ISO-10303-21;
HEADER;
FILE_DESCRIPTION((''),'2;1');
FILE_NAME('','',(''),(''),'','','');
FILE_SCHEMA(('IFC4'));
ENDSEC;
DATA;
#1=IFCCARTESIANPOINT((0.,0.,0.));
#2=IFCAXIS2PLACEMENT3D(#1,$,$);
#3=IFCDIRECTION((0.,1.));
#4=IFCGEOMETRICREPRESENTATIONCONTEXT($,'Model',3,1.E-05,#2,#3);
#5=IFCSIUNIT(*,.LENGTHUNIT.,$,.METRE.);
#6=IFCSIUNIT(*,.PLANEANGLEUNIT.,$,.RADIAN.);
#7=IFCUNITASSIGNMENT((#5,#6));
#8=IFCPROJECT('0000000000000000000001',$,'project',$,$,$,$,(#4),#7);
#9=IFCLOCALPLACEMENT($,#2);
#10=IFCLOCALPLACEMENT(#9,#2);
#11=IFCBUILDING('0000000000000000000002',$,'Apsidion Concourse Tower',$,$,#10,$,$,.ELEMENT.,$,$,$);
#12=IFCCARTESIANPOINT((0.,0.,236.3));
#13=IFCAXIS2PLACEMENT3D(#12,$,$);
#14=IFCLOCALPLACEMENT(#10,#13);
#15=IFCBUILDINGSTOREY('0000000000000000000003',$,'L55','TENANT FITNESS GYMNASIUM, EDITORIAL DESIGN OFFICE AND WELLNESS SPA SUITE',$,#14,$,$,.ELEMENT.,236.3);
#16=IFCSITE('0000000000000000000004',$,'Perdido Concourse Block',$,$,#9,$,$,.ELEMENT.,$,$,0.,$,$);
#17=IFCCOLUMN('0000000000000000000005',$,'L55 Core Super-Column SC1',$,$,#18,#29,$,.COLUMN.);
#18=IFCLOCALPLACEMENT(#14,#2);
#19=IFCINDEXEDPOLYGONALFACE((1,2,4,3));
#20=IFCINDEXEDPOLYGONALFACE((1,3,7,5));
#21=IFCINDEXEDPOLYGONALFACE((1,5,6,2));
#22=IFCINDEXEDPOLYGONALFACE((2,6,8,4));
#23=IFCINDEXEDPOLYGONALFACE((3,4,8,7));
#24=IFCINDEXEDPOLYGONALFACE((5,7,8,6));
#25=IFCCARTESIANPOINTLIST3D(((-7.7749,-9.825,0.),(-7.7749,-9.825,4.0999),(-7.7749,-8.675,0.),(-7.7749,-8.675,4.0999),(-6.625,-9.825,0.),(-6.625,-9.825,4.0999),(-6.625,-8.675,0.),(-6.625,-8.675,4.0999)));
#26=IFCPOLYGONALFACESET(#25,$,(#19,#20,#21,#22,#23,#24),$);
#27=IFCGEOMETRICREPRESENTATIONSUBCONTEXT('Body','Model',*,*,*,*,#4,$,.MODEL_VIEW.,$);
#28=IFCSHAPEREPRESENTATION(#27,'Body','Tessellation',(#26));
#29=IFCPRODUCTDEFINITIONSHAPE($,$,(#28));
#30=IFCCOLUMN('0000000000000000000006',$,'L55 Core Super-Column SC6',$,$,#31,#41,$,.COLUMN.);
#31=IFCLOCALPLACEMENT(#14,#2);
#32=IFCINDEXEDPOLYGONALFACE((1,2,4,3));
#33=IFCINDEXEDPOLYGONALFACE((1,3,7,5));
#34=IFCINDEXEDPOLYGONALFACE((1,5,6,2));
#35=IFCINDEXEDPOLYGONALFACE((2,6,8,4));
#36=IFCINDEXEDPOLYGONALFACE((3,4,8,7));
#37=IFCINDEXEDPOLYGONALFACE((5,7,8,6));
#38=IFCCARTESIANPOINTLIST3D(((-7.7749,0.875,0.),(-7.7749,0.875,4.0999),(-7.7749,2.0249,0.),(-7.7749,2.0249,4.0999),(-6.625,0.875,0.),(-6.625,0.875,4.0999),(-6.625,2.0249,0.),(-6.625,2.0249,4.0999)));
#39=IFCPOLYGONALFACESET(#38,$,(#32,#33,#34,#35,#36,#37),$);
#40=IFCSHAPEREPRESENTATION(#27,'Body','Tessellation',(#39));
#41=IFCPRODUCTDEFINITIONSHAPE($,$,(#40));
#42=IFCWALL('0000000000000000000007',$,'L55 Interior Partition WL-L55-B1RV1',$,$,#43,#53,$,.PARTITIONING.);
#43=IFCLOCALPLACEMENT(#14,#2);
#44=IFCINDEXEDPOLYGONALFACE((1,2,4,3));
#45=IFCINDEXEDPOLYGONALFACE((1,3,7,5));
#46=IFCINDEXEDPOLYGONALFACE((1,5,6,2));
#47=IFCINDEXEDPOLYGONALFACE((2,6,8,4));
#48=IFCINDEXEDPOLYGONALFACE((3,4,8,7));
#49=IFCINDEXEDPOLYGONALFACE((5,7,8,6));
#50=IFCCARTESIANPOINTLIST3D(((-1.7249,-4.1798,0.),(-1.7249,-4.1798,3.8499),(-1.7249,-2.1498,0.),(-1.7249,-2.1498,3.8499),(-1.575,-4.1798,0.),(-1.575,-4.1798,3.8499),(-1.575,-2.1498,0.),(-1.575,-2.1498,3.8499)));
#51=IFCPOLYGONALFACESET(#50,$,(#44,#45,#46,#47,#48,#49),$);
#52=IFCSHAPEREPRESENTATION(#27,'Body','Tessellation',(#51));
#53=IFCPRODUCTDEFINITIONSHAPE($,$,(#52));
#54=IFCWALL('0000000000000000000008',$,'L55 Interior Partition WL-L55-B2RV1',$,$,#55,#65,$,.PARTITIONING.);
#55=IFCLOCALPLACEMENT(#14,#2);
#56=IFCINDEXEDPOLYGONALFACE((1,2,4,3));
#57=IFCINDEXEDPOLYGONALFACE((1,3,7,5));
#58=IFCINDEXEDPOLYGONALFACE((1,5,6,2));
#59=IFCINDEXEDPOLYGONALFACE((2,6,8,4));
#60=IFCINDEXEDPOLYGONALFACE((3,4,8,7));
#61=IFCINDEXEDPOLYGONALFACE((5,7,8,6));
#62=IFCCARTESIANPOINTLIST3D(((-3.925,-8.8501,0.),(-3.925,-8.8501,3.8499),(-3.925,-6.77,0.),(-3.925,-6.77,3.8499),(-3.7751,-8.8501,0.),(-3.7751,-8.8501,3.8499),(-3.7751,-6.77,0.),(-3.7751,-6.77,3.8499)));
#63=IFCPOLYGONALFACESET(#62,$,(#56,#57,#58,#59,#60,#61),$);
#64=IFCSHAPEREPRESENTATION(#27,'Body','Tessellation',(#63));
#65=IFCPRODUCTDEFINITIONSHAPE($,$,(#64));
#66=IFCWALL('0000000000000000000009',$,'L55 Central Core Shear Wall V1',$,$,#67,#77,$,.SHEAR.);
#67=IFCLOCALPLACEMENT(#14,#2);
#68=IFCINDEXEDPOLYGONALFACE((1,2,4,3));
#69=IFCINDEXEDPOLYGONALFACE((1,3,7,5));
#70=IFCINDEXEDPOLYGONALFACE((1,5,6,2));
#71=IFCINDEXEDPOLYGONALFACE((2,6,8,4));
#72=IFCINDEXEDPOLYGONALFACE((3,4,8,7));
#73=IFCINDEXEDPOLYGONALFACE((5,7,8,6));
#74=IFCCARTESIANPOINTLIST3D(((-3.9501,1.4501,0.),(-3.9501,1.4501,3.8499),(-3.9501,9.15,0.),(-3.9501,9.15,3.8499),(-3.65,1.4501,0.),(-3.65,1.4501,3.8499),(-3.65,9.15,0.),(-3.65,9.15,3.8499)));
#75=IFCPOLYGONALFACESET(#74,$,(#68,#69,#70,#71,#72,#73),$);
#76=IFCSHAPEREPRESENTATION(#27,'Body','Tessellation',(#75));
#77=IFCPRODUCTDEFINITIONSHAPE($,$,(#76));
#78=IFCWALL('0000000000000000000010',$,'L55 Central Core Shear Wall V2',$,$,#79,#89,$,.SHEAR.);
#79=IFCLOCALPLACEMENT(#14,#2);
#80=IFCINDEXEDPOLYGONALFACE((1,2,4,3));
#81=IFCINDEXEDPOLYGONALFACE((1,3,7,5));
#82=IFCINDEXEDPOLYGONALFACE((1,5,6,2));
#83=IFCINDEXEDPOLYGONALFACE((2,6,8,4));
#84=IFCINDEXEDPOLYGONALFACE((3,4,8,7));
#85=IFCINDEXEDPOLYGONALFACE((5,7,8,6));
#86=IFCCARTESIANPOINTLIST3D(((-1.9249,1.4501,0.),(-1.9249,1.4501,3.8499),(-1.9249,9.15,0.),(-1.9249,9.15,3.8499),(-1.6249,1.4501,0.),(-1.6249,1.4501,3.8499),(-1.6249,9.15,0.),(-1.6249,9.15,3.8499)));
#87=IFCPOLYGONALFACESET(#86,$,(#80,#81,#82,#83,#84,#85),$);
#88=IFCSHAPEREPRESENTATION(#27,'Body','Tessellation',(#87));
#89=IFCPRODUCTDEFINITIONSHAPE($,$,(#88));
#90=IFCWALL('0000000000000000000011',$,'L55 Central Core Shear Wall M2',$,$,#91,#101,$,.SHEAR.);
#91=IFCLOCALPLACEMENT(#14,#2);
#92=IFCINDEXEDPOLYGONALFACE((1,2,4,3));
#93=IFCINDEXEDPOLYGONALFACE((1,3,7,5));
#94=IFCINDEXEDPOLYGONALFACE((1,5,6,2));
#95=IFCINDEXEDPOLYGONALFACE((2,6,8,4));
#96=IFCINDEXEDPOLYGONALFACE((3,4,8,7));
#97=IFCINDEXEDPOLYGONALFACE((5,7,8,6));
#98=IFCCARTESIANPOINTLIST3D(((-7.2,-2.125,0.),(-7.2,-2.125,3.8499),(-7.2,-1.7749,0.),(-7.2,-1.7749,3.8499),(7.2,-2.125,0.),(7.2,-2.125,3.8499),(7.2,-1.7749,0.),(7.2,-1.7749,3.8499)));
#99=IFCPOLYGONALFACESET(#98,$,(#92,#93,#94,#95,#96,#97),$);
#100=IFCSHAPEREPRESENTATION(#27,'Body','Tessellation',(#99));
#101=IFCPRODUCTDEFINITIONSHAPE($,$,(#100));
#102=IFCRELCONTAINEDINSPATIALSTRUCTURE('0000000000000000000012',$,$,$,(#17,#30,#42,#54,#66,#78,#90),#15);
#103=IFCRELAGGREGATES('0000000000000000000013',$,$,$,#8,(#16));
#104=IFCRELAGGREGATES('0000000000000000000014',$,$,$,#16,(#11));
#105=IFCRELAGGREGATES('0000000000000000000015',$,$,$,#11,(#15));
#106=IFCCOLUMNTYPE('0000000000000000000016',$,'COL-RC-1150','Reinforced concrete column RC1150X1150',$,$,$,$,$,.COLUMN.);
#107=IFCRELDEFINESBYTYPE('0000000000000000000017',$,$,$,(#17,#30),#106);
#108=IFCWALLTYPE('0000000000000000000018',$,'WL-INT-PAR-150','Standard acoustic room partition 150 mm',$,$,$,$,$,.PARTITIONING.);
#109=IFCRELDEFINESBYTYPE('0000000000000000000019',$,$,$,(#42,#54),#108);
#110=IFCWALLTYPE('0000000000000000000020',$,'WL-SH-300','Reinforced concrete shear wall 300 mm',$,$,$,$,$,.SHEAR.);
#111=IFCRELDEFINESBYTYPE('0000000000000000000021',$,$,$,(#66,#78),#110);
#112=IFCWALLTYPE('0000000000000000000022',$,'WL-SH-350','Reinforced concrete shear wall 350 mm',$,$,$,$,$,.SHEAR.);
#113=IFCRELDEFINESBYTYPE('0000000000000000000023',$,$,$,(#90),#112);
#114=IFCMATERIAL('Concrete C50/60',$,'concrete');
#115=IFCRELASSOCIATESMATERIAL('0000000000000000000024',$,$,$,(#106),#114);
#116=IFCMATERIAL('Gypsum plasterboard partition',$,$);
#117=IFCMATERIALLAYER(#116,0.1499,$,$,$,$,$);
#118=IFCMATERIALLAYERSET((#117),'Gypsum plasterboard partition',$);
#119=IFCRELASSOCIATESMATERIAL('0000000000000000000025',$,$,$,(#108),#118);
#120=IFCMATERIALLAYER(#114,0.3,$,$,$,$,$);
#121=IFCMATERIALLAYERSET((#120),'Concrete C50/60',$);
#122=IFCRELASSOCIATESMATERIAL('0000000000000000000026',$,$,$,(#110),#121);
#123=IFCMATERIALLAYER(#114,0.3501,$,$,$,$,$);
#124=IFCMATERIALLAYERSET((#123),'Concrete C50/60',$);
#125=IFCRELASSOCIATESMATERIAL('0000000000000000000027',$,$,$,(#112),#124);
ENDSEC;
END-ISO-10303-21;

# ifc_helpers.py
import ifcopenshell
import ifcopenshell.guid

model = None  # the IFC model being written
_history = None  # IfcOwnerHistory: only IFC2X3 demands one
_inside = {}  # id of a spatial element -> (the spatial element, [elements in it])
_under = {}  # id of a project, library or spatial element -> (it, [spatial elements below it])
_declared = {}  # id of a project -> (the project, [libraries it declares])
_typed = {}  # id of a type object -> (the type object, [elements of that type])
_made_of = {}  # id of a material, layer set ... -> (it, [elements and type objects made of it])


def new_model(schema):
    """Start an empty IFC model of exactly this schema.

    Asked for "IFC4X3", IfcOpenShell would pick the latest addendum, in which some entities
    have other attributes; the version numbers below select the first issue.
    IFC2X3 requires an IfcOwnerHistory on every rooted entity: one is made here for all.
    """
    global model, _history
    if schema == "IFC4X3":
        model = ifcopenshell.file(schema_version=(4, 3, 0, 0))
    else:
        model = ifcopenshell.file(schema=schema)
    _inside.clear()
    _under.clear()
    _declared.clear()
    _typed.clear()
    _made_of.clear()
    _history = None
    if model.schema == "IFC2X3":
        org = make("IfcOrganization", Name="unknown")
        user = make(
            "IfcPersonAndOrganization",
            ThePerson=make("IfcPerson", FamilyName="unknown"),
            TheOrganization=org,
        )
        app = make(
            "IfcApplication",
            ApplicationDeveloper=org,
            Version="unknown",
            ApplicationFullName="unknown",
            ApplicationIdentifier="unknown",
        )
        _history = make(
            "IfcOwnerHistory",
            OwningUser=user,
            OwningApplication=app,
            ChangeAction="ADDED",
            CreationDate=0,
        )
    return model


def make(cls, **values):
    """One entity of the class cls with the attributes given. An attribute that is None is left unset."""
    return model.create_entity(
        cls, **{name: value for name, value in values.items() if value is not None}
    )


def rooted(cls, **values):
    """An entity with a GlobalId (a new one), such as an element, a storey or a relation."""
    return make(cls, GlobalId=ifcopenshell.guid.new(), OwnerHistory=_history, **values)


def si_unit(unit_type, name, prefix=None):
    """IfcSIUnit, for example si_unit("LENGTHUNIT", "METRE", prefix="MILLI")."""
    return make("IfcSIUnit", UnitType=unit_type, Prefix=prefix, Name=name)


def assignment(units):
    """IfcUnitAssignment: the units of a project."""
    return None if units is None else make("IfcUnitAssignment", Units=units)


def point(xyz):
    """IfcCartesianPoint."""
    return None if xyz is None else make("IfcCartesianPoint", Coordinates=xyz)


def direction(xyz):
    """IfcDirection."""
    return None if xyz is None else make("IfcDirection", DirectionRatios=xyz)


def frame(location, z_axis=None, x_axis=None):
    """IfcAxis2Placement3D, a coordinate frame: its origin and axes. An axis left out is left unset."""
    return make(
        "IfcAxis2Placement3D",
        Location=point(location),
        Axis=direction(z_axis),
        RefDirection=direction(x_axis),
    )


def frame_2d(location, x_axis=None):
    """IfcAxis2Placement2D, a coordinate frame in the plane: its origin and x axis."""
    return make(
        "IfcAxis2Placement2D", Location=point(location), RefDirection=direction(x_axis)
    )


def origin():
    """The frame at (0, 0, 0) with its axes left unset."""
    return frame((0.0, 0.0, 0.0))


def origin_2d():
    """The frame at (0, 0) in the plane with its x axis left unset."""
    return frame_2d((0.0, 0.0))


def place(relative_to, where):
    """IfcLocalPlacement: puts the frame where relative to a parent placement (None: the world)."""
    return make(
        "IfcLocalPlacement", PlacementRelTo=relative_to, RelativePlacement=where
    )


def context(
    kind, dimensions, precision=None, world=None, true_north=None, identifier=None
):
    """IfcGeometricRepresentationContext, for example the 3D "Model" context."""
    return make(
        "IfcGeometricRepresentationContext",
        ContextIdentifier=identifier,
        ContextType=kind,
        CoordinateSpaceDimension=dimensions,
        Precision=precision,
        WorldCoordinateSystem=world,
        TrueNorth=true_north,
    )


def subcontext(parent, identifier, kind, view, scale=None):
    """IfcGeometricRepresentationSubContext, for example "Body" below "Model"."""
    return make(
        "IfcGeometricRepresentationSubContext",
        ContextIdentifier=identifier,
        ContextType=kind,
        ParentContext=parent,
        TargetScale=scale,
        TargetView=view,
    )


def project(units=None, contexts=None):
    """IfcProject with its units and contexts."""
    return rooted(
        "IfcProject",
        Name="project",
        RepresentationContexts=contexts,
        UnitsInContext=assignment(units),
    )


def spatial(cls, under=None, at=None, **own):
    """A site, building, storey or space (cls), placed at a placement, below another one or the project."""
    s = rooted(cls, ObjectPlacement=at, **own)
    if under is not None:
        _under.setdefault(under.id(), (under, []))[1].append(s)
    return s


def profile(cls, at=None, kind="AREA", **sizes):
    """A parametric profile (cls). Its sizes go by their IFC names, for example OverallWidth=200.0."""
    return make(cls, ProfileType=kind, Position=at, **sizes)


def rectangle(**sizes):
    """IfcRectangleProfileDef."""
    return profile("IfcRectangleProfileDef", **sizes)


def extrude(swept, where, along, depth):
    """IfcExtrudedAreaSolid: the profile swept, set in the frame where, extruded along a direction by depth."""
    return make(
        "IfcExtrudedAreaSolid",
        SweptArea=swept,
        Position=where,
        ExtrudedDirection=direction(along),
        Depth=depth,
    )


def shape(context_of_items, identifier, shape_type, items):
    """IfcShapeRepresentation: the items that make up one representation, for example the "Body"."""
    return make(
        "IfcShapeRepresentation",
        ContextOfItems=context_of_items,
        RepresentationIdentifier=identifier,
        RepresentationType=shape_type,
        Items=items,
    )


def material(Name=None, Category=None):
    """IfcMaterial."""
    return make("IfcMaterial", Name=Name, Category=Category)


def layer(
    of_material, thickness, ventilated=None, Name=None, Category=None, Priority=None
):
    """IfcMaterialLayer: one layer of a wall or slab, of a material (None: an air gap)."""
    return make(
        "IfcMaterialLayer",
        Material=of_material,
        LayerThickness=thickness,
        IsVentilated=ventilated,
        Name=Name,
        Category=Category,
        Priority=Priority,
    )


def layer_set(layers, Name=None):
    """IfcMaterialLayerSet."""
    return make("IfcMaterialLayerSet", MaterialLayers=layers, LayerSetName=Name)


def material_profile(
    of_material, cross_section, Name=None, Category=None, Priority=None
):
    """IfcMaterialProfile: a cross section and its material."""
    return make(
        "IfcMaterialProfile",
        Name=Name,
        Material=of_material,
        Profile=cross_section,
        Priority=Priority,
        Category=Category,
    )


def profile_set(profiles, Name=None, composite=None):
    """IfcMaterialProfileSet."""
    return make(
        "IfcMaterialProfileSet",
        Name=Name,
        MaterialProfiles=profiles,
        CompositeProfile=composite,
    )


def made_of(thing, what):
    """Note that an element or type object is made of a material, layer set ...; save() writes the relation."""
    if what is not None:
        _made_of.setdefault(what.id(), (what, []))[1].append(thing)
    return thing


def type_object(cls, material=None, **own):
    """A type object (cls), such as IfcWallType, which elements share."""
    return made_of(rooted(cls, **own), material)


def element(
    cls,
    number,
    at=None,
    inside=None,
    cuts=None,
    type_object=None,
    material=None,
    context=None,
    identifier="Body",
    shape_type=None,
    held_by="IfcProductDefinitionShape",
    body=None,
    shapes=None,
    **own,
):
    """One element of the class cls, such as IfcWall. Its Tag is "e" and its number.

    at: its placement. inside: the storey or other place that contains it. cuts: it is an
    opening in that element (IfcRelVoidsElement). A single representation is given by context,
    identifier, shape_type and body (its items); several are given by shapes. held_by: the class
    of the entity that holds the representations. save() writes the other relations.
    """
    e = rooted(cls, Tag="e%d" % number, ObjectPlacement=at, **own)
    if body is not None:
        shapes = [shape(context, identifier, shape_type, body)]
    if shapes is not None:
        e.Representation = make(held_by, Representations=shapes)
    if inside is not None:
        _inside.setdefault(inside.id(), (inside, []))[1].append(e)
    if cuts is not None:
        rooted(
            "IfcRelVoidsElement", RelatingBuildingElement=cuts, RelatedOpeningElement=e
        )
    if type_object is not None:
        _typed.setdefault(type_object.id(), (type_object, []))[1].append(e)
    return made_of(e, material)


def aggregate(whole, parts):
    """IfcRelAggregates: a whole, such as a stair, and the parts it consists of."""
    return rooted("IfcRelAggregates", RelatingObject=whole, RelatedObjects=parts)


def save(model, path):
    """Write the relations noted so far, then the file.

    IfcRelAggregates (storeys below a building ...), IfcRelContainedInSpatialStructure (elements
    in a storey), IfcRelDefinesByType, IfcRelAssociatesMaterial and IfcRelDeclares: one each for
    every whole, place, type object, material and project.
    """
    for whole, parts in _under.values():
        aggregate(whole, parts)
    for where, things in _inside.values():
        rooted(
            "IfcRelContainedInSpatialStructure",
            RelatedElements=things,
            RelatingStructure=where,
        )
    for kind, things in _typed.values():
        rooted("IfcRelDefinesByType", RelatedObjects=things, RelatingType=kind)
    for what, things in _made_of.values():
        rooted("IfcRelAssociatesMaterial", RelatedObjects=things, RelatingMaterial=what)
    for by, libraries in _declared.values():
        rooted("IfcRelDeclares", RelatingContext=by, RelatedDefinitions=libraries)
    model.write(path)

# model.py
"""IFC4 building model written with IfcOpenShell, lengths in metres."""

from ifc_helpers import new_model, si_unit, direction, frame, frame_2d, origin, origin_2d, place, context, subcontext, project, spatial, rectangle, extrude, material, layer, layer_set, material_profile, profile_set, type_object, element, save


model = new_model("IFC4")

# Units and contexts
model_context = context("Model", 3, precision=1e-05, world=origin(), true_north=direction((0.0, 1.0)))
body_context = subcontext(model_context, "Body", "Model", "MODEL_VIEW")
ifc_project = project(units=[si_unit("LENGTHUNIT", "METRE"), si_unit("PLANEANGLEUNIT", "RADIAN")], contexts=[model_context])

# Site, building, storey
site_placement = place(None, origin())
site = spatial("IfcSite", under=ifc_project, at=site_placement, Name="Perdido Concourse Block", CompositionType="ELEMENT", RefElevation=0.0)
building_placement = place(site_placement, origin())
building = spatial("IfcBuilding", under=site, at=building_placement, Name="Apsidion Concourse Tower", CompositionType="ELEMENT")
storey_placement = place(building_placement, frame((0.0, 0.0, 236.3)))
storey = spatial("IfcBuildingStorey", under=building, at=storey_placement, Name="L55", Description="TENANT FITNESS GYMNASIUM, EDITORIAL DESIGN OFFICE AND WELLNESS SPA SUITE", CompositionType="ELEMENT", Elevation=236.3)

# Columns
ifc_material_1 = material(Name="Concrete C50/60", Category="concrete")
ifc_material_profile = material_profile(ifc_material_1, rectangle(XDim=1.1499, YDim=1.1499, at=origin_2d()), Name="RC 1150x1150")
ifc_profile_set = profile_set([ifc_material_profile], Name="Concrete C50/60")
column_type = type_object("IfcColumnType", Name="COL-RC-1150", Description="Reinforced concrete column RC1150X1150", PredefinedType="COLUMN", material=ifc_profile_set)
for number, where, z_axis, x_axis, name in (
    (1, (-7.2, -9.25, 0.0), (0.0, 0.0, 1.0), (1.0, 0.0, 0.0), "L55 Core Super-Column SC1"),
    (2, (-7.2, 1.45, 0.0), (0.0, 0.0, 1.0), (1.0, 0.0, 0.0), "L55 Core Super-Column SC6"),
):
    element("IfcColumn", number, at=place(storey_placement, frame(where, z_axis=z_axis, x_axis=x_axis)), inside=storey, type_object=column_type, Name=name, PredefinedType="COLUMN", context=body_context, shape_type="SweptSolid", body=[
        extrude(rectangle(XDim=1.1499, YDim=1.1499, at=origin_2d()), origin(), (0.0, 0.0, 1.0), 4.0999),
    ])

# Walls
ifc_material_2 = material(Name="Gypsum plasterboard partition")
ifc_layer_1 = layer(ifc_material_2, 0.1499)
ifc_layer_set_1 = layer_set([ifc_layer_1], Name="Gypsum plasterboard partition")
wall_type_1 = type_object("IfcWallType", Name="WL-INT-PAR-150", Description="Standard acoustic room partition 150 mm", PredefinedType="PARTITIONING", material=ifc_layer_set_1)
wall_1_placement = place(storey_placement, frame((-1.6499, -4.1799, 0.0), z_axis=(0.0, 0.0, 1.0), x_axis=(0.0, 1.0, 0.0)))
element("IfcWall", 3, at=wall_1_placement, inside=storey, type_object=wall_type_1, Name="L55 Interior Partition WL-L55-B1RV1", PredefinedType="PARTITIONING", context=body_context, shape_type="SweptSolid", body=[
    extrude(rectangle(XDim=2.03, YDim=0.1499, at=frame_2d((1.0151, 0.0))), origin(), (0.0, 0.0, 1.0), 3.8499),
])
wall_2_placement = place(storey_placement, frame((-3.8501, -8.8501, 0.0), z_axis=(0.0, 0.0, 1.0), x_axis=(0.0, 1.0, 0.0)))
element("IfcWall", 4, at=wall_2_placement, inside=storey, type_object=wall_type_1, Name="L55 Interior Partition WL-L55-B2RV1", PredefinedType="PARTITIONING", context=body_context, shape_type="SweptSolid", body=[
    extrude(rectangle(XDim=2.0801, YDim=0.1499, at=frame_2d((1.04, 0.0))), origin(), (0.0, 0.0, 1.0), 3.8499),
])

# Walls
ifc_layer_2 = layer(ifc_material_1, 0.3)
ifc_layer_set_2 = layer_set([ifc_layer_2], Name="Concrete C50/60")
wall_type_2 = type_object("IfcWallType", Name="WL-SH-300", Description="Reinforced concrete shear wall 300 mm", PredefinedType="SHEAR", material=ifc_layer_set_2)
for number, where, z_axis, x_axis, name in (
    (5, (-3.8, 1.45, 0.0), (0.0, 0.0, 1.0), (0.0, 1.0, 0.0), "L55 Central Core Shear Wall V1"),
    (6, (-1.7749, 1.45, 0.0), (0.0, 0.0, 1.0), (0.0, 1.0, 0.0), "L55 Central Core Shear Wall V2"),
):
    element("IfcWall", number, at=place(storey_placement, frame(where, z_axis=z_axis, x_axis=x_axis)), inside=storey, type_object=wall_type_2, Name=name, PredefinedType="SHEAR", context=body_context, shape_type="SweptSolid", body=[
        extrude(rectangle(XDim=7.7, YDim=0.3, at=frame_2d((3.8501, 0.0))), origin(), (0.0, 0.0, 1.0), 3.8499),
    ])

# Shared definitions
ifc_layer_3 = layer(ifc_material_1, 0.3501)
ifc_layer_set_3 = layer_set([ifc_layer_3], Name="Concrete C50/60")
wall_type_3 = type_object("IfcWallType", Name="WL-SH-350", Description="Reinforced concrete shear wall 350 mm", PredefinedType="SHEAR", material=ifc_layer_set_3)

# Wall
wall_3_placement = place(storey_placement, frame((-7.2, -1.95, 0.0), z_axis=(0.0, 0.0, 1.0), x_axis=(1.0, 0.0, 0.0)))
element("IfcWall", 7, at=wall_3_placement, inside=storey, type_object=wall_type_3, Name="L55 Central Core Shear Wall M2", PredefinedType="SHEAR", context=body_context, shape_type="SweptSolid", body=[
    extrude(rectangle(XDim=14.3999, YDim=0.3501, at=frame_2d((7.2, 0.0))), origin(), (0.0, 0.0, 1.0), 3.8499),
])

save(model, "model.ifc")
